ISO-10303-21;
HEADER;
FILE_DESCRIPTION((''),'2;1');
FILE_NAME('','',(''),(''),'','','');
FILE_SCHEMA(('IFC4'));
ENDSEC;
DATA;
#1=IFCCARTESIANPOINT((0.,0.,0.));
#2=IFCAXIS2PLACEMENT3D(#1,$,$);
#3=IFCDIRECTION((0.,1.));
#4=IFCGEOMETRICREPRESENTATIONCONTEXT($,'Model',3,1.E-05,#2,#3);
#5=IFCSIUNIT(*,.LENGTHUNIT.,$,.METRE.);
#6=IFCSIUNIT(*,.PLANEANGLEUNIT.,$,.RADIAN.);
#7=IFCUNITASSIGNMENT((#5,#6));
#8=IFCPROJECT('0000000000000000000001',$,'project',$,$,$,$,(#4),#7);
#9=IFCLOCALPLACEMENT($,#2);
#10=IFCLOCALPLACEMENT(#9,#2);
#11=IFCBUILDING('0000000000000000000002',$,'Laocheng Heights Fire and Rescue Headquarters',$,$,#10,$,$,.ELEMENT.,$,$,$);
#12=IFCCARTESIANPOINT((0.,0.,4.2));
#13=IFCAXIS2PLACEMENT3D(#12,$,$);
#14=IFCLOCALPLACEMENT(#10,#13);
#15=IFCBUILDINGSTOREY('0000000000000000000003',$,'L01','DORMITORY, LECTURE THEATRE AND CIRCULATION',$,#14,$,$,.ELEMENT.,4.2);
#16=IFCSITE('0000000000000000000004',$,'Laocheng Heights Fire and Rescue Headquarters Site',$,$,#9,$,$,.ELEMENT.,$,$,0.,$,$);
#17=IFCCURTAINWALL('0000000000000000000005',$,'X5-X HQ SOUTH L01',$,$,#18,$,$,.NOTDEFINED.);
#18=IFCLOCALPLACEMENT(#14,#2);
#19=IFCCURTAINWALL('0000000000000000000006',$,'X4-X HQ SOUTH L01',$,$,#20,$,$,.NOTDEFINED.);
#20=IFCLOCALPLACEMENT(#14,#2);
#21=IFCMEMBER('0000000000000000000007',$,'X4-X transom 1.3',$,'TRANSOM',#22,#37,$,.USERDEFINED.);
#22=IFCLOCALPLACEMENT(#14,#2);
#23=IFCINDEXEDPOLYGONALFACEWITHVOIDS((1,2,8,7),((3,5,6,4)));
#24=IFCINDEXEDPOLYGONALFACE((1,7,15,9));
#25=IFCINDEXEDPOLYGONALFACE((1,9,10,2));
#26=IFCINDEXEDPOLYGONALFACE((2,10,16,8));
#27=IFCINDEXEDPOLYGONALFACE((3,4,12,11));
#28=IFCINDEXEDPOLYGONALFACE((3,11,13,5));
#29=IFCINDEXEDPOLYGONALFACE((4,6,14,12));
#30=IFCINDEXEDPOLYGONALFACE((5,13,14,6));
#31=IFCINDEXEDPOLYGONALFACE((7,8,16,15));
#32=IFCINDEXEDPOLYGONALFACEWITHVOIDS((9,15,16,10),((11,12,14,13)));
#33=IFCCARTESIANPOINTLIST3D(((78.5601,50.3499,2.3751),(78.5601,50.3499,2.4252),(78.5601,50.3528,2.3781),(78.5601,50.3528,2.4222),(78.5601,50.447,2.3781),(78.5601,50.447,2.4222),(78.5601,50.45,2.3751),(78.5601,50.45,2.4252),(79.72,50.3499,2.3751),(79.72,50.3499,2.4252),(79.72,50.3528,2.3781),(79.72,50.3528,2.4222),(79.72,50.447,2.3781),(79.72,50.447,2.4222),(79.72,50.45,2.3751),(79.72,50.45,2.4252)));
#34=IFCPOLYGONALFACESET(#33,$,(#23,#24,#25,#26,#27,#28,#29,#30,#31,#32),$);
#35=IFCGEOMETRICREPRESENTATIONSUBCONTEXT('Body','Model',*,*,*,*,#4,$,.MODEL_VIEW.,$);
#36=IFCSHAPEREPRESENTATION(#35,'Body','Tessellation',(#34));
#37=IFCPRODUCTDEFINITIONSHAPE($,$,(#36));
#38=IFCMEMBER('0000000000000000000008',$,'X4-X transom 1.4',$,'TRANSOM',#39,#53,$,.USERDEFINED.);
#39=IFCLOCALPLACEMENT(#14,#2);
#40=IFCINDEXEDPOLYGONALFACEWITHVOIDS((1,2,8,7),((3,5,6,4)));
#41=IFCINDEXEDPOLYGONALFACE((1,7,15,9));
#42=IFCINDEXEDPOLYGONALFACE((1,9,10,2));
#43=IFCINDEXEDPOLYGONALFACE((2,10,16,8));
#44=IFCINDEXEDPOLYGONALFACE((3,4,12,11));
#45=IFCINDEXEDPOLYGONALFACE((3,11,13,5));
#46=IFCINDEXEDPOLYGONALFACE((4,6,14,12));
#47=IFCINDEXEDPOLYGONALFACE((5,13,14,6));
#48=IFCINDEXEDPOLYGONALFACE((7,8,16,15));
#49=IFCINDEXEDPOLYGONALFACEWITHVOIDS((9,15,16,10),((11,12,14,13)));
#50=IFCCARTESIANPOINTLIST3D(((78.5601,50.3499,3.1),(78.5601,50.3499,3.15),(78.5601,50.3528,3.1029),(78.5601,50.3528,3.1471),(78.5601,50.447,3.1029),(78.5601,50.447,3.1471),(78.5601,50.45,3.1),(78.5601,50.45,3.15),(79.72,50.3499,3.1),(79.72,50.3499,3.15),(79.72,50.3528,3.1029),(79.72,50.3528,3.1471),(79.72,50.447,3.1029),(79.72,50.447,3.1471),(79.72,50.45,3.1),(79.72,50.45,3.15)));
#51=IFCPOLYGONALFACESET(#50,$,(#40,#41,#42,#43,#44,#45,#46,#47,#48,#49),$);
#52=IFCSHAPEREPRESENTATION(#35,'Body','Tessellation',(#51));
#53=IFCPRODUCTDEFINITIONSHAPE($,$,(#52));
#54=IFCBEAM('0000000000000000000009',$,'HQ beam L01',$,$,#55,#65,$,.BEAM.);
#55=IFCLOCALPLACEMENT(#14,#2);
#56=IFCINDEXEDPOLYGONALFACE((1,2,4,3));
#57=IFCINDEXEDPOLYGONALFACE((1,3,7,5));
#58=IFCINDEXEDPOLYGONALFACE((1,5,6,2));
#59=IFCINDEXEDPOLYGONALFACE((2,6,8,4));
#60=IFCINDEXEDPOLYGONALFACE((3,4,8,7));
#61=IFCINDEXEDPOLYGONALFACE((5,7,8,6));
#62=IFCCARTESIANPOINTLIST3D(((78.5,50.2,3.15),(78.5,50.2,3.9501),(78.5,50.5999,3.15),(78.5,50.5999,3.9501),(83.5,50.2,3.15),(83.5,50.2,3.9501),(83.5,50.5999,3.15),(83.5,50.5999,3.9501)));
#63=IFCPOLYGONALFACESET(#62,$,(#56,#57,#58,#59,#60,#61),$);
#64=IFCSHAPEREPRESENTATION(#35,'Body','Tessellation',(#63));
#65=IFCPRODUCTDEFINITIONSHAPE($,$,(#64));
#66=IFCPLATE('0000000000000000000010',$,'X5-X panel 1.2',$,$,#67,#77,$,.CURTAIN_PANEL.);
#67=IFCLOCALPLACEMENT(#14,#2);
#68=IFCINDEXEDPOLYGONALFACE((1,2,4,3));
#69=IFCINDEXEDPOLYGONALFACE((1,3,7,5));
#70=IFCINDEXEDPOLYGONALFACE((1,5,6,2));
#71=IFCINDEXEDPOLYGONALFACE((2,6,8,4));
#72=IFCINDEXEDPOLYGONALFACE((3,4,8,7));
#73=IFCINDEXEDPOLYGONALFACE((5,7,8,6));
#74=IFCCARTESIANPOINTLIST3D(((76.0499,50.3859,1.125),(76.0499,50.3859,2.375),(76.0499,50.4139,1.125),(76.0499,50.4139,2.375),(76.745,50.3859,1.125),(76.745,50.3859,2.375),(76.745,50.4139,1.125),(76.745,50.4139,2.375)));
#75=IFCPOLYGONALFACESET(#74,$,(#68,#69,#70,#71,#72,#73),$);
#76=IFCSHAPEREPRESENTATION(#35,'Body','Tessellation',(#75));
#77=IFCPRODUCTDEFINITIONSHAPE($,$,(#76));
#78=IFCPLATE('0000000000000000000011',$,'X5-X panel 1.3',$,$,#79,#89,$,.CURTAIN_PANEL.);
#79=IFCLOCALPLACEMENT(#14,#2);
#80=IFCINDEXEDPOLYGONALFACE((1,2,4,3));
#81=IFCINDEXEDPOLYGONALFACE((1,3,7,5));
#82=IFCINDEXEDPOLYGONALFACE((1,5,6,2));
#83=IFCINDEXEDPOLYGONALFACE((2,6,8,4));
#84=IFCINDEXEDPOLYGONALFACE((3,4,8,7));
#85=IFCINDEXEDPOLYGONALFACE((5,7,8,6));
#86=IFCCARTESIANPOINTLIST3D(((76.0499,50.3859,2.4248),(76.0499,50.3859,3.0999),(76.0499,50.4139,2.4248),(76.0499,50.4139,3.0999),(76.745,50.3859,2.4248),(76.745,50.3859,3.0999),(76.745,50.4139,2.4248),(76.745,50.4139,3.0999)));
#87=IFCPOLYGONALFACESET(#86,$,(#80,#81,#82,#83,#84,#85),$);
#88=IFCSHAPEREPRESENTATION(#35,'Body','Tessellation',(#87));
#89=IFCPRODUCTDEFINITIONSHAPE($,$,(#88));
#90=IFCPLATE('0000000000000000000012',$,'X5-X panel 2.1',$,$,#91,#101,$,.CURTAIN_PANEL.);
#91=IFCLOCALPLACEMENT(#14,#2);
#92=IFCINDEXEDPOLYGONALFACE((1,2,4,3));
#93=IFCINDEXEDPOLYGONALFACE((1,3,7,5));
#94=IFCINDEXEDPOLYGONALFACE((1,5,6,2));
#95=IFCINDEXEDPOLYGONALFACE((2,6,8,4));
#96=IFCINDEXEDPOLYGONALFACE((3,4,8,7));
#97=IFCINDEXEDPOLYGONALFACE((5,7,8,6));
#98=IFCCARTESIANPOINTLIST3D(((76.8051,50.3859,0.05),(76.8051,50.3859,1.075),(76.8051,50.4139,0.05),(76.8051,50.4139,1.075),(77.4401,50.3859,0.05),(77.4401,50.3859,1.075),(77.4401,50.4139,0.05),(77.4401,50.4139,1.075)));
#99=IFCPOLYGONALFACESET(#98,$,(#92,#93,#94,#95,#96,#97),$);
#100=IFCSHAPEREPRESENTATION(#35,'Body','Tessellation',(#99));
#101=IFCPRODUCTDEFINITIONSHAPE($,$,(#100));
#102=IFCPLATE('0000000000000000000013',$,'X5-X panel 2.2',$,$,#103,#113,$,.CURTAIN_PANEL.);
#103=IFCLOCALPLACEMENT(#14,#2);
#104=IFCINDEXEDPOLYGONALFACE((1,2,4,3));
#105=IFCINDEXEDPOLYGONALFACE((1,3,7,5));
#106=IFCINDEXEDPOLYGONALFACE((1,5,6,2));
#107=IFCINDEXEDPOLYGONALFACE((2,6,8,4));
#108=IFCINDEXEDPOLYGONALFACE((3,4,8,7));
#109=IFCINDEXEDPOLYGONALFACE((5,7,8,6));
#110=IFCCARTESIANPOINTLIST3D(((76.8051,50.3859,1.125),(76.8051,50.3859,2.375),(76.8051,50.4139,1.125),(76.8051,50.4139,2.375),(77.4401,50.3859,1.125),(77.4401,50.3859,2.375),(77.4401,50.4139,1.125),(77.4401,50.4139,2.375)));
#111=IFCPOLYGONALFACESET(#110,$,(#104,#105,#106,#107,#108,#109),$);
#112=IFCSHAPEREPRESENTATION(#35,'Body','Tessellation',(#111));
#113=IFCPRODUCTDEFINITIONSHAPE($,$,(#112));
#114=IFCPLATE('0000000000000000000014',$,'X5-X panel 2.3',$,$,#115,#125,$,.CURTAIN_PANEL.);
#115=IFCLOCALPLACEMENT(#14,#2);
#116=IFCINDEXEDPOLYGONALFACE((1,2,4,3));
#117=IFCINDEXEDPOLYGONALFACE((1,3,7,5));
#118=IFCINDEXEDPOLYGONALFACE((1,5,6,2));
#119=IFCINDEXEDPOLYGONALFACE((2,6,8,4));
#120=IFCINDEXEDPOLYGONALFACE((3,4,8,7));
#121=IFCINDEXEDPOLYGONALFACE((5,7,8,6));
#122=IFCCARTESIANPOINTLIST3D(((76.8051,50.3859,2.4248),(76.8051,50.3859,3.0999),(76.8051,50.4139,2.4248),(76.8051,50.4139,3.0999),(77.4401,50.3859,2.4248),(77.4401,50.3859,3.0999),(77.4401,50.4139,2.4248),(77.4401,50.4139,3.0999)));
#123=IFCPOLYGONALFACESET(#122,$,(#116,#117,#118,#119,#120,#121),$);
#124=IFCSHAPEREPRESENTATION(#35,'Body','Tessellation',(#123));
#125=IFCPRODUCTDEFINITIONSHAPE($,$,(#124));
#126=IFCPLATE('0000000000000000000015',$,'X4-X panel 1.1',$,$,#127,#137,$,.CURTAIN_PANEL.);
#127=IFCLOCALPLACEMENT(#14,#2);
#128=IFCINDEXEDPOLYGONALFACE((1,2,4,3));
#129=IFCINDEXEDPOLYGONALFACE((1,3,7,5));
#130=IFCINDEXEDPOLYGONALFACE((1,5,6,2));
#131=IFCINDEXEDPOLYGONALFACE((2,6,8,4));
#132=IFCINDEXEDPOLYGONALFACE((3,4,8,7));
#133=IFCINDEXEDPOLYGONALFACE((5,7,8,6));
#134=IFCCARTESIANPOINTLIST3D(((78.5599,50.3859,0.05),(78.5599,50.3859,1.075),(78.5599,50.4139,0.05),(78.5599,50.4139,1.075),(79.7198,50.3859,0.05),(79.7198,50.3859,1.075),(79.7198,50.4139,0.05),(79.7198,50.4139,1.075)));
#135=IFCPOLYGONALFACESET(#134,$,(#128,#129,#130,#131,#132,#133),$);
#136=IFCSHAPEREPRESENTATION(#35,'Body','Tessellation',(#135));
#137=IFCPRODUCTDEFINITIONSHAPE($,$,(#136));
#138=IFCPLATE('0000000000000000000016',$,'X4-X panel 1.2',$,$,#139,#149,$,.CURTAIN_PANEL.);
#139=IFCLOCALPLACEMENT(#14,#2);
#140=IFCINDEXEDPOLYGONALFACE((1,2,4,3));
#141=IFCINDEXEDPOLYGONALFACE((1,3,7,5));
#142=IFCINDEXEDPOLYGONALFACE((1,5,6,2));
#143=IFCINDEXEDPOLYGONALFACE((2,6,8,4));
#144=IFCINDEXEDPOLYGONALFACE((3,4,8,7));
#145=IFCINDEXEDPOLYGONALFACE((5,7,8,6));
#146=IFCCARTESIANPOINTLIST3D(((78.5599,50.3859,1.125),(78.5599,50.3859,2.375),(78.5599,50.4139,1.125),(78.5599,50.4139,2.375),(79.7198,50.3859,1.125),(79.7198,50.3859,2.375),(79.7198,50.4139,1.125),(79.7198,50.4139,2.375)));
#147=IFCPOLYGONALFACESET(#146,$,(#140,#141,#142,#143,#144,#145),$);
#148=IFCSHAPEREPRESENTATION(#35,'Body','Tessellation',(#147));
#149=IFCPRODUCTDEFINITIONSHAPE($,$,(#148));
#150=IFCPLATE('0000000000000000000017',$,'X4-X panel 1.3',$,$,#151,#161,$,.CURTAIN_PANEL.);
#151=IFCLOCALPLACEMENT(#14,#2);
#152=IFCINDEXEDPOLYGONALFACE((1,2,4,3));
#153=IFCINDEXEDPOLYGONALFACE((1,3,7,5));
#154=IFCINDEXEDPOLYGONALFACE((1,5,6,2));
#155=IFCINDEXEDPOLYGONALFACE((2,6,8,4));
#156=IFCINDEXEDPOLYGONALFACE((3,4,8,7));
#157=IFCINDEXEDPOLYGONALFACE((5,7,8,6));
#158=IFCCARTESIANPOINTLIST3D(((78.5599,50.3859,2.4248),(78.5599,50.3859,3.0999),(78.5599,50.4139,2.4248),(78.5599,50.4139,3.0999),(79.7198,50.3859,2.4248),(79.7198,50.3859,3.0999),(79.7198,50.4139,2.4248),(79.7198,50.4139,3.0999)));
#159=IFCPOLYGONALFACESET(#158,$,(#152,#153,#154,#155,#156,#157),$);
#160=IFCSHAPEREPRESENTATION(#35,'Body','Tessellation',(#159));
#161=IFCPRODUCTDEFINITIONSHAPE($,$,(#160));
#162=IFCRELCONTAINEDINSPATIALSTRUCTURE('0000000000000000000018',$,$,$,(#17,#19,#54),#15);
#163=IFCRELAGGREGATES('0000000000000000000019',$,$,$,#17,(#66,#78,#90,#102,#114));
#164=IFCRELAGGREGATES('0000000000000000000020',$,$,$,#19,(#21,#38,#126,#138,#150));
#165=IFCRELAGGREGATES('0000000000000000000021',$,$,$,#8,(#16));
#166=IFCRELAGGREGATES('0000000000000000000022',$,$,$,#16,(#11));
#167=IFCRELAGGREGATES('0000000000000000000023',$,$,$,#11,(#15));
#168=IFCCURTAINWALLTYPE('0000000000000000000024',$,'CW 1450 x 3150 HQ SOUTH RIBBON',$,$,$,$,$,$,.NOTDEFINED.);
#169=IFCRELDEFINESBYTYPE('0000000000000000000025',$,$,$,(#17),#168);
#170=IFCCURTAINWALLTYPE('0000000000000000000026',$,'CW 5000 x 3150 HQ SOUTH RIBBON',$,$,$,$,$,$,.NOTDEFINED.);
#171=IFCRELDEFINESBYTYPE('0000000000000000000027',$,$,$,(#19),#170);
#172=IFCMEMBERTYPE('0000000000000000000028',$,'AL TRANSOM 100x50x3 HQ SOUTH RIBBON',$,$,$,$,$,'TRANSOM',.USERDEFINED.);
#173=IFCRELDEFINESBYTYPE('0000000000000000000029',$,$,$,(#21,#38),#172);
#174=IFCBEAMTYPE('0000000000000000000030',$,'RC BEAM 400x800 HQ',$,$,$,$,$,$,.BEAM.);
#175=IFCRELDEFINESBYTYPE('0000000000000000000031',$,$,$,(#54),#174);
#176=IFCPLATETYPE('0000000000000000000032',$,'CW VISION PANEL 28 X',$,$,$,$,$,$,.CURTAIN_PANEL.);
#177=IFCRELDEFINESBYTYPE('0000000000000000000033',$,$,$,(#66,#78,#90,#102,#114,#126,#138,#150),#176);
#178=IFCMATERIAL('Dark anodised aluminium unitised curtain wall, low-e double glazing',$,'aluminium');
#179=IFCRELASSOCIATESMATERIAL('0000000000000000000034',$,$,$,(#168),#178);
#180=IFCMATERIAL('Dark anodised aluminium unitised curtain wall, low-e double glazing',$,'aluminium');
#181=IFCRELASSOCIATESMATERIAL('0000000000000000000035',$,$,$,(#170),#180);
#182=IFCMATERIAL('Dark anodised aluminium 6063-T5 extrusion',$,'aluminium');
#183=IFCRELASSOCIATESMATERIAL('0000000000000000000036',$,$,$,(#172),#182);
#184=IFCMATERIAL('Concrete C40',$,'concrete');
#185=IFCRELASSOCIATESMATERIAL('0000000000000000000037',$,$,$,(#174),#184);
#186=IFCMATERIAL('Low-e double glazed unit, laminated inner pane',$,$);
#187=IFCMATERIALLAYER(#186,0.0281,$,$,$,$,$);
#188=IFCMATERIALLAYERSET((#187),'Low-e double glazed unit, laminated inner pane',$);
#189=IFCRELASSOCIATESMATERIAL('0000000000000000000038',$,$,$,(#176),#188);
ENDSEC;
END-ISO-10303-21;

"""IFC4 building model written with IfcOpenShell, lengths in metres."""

from ifc_helpers import new_model, si_unit, direction, frame, origin, origin_2d, place, context, subcontext, project, spatial, rectangle, hollow_rectangle, extrude, material, layer, layer_set, material_profile, profile_set, type_object, element, aggregate, save


model = new_model("IFC4")

# Units and contexts
model_context = context("Model", 3, precision=1e-05, world=origin(), true_north=direction((0.0, 1.0)))
body_context = subcontext(model_context, "Body", "Model", "MODEL_VIEW")
ifc_project = project(units=[si_unit("LENGTHUNIT", "METRE"), si_unit("PLANEANGLEUNIT", "RADIAN")], contexts=[model_context])

# Site, building, storey
site_placement = place(None, origin())
site = spatial("IfcSite", under=ifc_project, at=site_placement, Name="Laocheng Heights Fire and Rescue Headquarters Site", CompositionType="ELEMENT", RefElevation=0.0)
building_placement = place(site_placement, origin())
building = spatial("IfcBuilding", under=site, at=building_placement, Name="Laocheng Heights Fire and Rescue Headquarters", CompositionType="ELEMENT")
storey_placement = place(building_placement, frame((0.0, 0.0, 4.2)))
storey = spatial("IfcBuildingStorey", under=building, at=storey_placement, Name="L01", Description="DORMITORY, LECTURE THEATRE AND CIRCULATION", CompositionType="ELEMENT", Elevation=4.2)

# Curtain walls
ifc_material_1 = material(Name="Dark anodised aluminium unitised curtain wall, low-e double glazing", Category="aluminium")
curtain_wall_type_1 = type_object("IfcCurtainWallType", Name="CW 1450 x 3150 HQ SOUTH RIBBON", PredefinedType="NOTDEFINED", material=ifc_material_1)
curtain_wall_1_placement = place(storey_placement, origin())
curtain_wall_1 = element("IfcCurtainWall", 1, at=curtain_wall_1_placement, inside=storey, type_object=curtain_wall_type_1, Name="X5-X HQ SOUTH L01", PredefinedType="NOTDEFINED")
ifc_material_2 = material(Name="Dark anodised aluminium unitised curtain wall, low-e double glazing", Category="aluminium")
curtain_wall_type_2 = type_object("IfcCurtainWallType", Name="CW 5000 x 3150 HQ SOUTH RIBBON", PredefinedType="NOTDEFINED", material=ifc_material_2)
curtain_wall_2_placement = place(storey_placement, origin())
curtain_wall_2 = element("IfcCurtainWall", 2, at=curtain_wall_2_placement, inside=storey, type_object=curtain_wall_type_2, Name="X4-X HQ SOUTH L01", PredefinedType="NOTDEFINED")

# Members
ifc_material_3 = material(Name="Dark anodised aluminium 6063-T5 extrusion", Category="aluminium")
ifc_material_profile_1 = material_profile(ifc_material_3, hollow_rectangle(XDim=0.1001, YDim=0.05, WallThickness=0.0029, at=origin_2d()), Name="AL TRANSOM 100x50x3 HQ SOUTH RIBBON")
ifc_profile_set_1 = profile_set([ifc_material_profile_1], Name="Dark anodised aluminium 6063-T5 extrusion")
member_type_1 = type_object("IfcMemberType", Name="AL TRANSOM 100x50x3 HQ SOUTH RIBBON", ElementType="TRANSOM", PredefinedType="USERDEFINED", material=ifc_profile_set_1)
member_1_placement = place(storey_placement, frame((78.5601, 50.3999, 2.4001), z_axis=(1.0, 0.0, 0.0), x_axis=(0.0, 1.0, 0.0)))
member_1 = element("IfcMember", 3, at=member_1_placement, type_object=member_type_1, Name="X4-X transom 1.3", ObjectType="TRANSOM", PredefinedType="USERDEFINED", context=body_context, shape_type="SweptSolid", body=[
    extrude(hollow_rectangle(XDim=0.1001, YDim=0.05, WallThickness=0.0029, at=origin_2d()), origin(), (0.0, 0.0, 1.0), 1.1599),
])
member_2_placement = place(storey_placement, frame((78.5601, 50.3999, 3.125), z_axis=(1.0, 0.0, 0.0), x_axis=(0.0, 1.0, 0.0)))
member_2 = element("IfcMember", 4, at=member_2_placement, type_object=member_type_1, Name="X4-X transom 1.4", ObjectType="TRANSOM", PredefinedType="USERDEFINED", context=body_context, shape_type="SweptSolid", body=[
    extrude(hollow_rectangle(XDim=0.1001, YDim=0.05, WallThickness=0.0029, at=origin_2d()), origin(), (0.0, 0.0, 1.0), 1.1599),
])

# Beam
ifc_material_4 = material(Name="Concrete C40", Category="concrete")
ifc_material_profile_2 = material_profile(ifc_material_4, rectangle(XDim=0.3999, YDim=0.8, at=origin_2d()), Name="RC BEAM 400x800 HQ")
ifc_profile_set_2 = profile_set([ifc_material_profile_2], Name="Concrete C40")
beam_type = type_object("IfcBeamType", Name="RC BEAM 400x800 HQ", PredefinedType="BEAM", material=ifc_profile_set_2)
beam_placement = place(storey_placement, frame((78.5, 50.3999, 3.55), z_axis=(1.0, 0.0, 0.0), x_axis=(0.0, 1.0, 0.0)))
element("IfcBeam", 5, at=beam_placement, inside=storey, type_object=beam_type, Name="HQ beam L01", PredefinedType="BEAM", context=body_context, shape_type="SweptSolid", body=[
    extrude(rectangle(XDim=0.3999, YDim=0.8, at=origin_2d()), origin(), (0.0, 0.0, 1.0), 5.0),
])

# Plates
ifc_material_5 = material(Name="Low-e double glazed unit, laminated inner pane")
ifc_layer = layer(ifc_material_5, 0.0281)
ifc_layer_set = layer_set([ifc_layer], Name="Low-e double glazed unit, laminated inner pane")
plate_type = type_object("IfcPlateType", Name="CW VISION PANEL 28 X", PredefinedType="CURTAIN_PANEL", material=ifc_layer_set)
plate_1_placement = place(storey_placement, frame((76.3975, 50.3999, 1.125), z_axis=(0.0, 0.0, 1.0), x_axis=(1.0, 0.0, 0.0)))
plate_1 = element("IfcPlate", 6, at=plate_1_placement, type_object=plate_type, Name="X5-X panel 1.2", PredefinedType="CURTAIN_PANEL", context=body_context, shape_type="SweptSolid", body=[
    extrude(rectangle(XDim=0.6951, YDim=0.0281, at=origin_2d()), origin(), (0.0, 0.0, 1.0), 1.25),
])
plate_2_placement = place(storey_placement, frame((76.3975, 50.3999, 2.4248), z_axis=(0.0, 0.0, 1.0), x_axis=(1.0, 0.0, 0.0)))
plate_2 = element("IfcPlate", 7, at=plate_2_placement, type_object=plate_type, Name="X5-X panel 1.3", PredefinedType="CURTAIN_PANEL", context=body_context, shape_type="SweptSolid", body=[
    extrude(rectangle(XDim=0.6951, YDim=0.0281, at=origin_2d()), origin(), (0.0, 0.0, 1.0), 0.675),
])
plate_3_placement = place(storey_placement, frame((77.1226, 50.3999, 0.05), z_axis=(0.0, 0.0, 1.0), x_axis=(1.0, 0.0, 0.0)))
plate_3 = element("IfcPlate", 8, at=plate_3_placement, type_object=plate_type, Name="X5-X panel 2.1", PredefinedType="CURTAIN_PANEL", context=body_context, shape_type="SweptSolid", body=[
    extrude(rectangle(XDim=0.635, YDim=0.0281, at=origin_2d()), origin(), (0.0, 0.0, 1.0), 1.0249),
])
plate_4_placement = place(storey_placement, frame((77.1226, 50.3999, 1.125), z_axis=(0.0, 0.0, 1.0), x_axis=(1.0, 0.0, 0.0)))
plate_4 = element("IfcPlate", 9, at=plate_4_placement, type_object=plate_type, Name="X5-X panel 2.2", PredefinedType="CURTAIN_PANEL", context=body_context, shape_type="SweptSolid", body=[
    extrude(rectangle(XDim=0.635, YDim=0.0281, at=origin_2d()), origin(), (0.0, 0.0, 1.0), 1.25),
])
plate_5_placement = place(storey_placement, frame((77.1226, 50.3999, 2.4248), z_axis=(0.0, 0.0, 1.0), x_axis=(1.0, 0.0, 0.0)))
plate_5 = element("IfcPlate", 10, at=plate_5_placement, type_object=plate_type, Name="X5-X panel 2.3", PredefinedType="CURTAIN_PANEL", context=body_context, shape_type="SweptSolid", body=[
    extrude(rectangle(XDim=0.635, YDim=0.0281, at=origin_2d()), origin(), (0.0, 0.0, 1.0), 0.675),
])
aggregate(curtain_wall_1, [plate_1, plate_2, plate_3, plate_4, plate_5])
plate_6_placement = place(storey_placement, frame((79.1399, 50.3999, 0.05), z_axis=(0.0, 0.0, 1.0), x_axis=(1.0, 0.0, 0.0)))
plate_6 = element("IfcPlate", 11, at=plate_6_placement, type_object=plate_type, Name="X4-X panel 1.1", PredefinedType="CURTAIN_PANEL", context=body_context, shape_type="SweptSolid", body=[
    extrude(rectangle(XDim=1.1599, YDim=0.0281, at=origin_2d()), origin(), (0.0, 0.0, 1.0), 1.0249),
])
plate_7_placement = place(storey_placement, frame((79.1399, 50.3999, 1.125), z_axis=(0.0, 0.0, 1.0), x_axis=(1.0, 0.0, 0.0)))
plate_7 = element("IfcPlate", 12, at=plate_7_placement, type_object=plate_type, Name="X4-X panel 1.2", PredefinedType="CURTAIN_PANEL", context=body_context, shape_type="SweptSolid", body=[
    extrude(rectangle(XDim=1.1599, YDim=0.0281, at=origin_2d()), origin(), (0.0, 0.0, 1.0), 1.25),
])
plate_8_placement = place(storey_placement, frame((79.1399, 50.3999, 2.4248), z_axis=(0.0, 0.0, 1.0), x_axis=(1.0, 0.0, 0.0)))
plate_8 = element("IfcPlate", 13, at=plate_8_placement, type_object=plate_type, Name="X4-X panel 1.3", PredefinedType="CURTAIN_PANEL", context=body_context, shape_type="SweptSolid", body=[
    extrude(rectangle(XDim=1.1599, YDim=0.0281, at=origin_2d()), origin(), (0.0, 0.0, 1.0), 0.675),
])
aggregate(curtain_wall_2, [member_1, member_2, plate_6, plate_7, plate_8])

save(model, "model.ifc")
